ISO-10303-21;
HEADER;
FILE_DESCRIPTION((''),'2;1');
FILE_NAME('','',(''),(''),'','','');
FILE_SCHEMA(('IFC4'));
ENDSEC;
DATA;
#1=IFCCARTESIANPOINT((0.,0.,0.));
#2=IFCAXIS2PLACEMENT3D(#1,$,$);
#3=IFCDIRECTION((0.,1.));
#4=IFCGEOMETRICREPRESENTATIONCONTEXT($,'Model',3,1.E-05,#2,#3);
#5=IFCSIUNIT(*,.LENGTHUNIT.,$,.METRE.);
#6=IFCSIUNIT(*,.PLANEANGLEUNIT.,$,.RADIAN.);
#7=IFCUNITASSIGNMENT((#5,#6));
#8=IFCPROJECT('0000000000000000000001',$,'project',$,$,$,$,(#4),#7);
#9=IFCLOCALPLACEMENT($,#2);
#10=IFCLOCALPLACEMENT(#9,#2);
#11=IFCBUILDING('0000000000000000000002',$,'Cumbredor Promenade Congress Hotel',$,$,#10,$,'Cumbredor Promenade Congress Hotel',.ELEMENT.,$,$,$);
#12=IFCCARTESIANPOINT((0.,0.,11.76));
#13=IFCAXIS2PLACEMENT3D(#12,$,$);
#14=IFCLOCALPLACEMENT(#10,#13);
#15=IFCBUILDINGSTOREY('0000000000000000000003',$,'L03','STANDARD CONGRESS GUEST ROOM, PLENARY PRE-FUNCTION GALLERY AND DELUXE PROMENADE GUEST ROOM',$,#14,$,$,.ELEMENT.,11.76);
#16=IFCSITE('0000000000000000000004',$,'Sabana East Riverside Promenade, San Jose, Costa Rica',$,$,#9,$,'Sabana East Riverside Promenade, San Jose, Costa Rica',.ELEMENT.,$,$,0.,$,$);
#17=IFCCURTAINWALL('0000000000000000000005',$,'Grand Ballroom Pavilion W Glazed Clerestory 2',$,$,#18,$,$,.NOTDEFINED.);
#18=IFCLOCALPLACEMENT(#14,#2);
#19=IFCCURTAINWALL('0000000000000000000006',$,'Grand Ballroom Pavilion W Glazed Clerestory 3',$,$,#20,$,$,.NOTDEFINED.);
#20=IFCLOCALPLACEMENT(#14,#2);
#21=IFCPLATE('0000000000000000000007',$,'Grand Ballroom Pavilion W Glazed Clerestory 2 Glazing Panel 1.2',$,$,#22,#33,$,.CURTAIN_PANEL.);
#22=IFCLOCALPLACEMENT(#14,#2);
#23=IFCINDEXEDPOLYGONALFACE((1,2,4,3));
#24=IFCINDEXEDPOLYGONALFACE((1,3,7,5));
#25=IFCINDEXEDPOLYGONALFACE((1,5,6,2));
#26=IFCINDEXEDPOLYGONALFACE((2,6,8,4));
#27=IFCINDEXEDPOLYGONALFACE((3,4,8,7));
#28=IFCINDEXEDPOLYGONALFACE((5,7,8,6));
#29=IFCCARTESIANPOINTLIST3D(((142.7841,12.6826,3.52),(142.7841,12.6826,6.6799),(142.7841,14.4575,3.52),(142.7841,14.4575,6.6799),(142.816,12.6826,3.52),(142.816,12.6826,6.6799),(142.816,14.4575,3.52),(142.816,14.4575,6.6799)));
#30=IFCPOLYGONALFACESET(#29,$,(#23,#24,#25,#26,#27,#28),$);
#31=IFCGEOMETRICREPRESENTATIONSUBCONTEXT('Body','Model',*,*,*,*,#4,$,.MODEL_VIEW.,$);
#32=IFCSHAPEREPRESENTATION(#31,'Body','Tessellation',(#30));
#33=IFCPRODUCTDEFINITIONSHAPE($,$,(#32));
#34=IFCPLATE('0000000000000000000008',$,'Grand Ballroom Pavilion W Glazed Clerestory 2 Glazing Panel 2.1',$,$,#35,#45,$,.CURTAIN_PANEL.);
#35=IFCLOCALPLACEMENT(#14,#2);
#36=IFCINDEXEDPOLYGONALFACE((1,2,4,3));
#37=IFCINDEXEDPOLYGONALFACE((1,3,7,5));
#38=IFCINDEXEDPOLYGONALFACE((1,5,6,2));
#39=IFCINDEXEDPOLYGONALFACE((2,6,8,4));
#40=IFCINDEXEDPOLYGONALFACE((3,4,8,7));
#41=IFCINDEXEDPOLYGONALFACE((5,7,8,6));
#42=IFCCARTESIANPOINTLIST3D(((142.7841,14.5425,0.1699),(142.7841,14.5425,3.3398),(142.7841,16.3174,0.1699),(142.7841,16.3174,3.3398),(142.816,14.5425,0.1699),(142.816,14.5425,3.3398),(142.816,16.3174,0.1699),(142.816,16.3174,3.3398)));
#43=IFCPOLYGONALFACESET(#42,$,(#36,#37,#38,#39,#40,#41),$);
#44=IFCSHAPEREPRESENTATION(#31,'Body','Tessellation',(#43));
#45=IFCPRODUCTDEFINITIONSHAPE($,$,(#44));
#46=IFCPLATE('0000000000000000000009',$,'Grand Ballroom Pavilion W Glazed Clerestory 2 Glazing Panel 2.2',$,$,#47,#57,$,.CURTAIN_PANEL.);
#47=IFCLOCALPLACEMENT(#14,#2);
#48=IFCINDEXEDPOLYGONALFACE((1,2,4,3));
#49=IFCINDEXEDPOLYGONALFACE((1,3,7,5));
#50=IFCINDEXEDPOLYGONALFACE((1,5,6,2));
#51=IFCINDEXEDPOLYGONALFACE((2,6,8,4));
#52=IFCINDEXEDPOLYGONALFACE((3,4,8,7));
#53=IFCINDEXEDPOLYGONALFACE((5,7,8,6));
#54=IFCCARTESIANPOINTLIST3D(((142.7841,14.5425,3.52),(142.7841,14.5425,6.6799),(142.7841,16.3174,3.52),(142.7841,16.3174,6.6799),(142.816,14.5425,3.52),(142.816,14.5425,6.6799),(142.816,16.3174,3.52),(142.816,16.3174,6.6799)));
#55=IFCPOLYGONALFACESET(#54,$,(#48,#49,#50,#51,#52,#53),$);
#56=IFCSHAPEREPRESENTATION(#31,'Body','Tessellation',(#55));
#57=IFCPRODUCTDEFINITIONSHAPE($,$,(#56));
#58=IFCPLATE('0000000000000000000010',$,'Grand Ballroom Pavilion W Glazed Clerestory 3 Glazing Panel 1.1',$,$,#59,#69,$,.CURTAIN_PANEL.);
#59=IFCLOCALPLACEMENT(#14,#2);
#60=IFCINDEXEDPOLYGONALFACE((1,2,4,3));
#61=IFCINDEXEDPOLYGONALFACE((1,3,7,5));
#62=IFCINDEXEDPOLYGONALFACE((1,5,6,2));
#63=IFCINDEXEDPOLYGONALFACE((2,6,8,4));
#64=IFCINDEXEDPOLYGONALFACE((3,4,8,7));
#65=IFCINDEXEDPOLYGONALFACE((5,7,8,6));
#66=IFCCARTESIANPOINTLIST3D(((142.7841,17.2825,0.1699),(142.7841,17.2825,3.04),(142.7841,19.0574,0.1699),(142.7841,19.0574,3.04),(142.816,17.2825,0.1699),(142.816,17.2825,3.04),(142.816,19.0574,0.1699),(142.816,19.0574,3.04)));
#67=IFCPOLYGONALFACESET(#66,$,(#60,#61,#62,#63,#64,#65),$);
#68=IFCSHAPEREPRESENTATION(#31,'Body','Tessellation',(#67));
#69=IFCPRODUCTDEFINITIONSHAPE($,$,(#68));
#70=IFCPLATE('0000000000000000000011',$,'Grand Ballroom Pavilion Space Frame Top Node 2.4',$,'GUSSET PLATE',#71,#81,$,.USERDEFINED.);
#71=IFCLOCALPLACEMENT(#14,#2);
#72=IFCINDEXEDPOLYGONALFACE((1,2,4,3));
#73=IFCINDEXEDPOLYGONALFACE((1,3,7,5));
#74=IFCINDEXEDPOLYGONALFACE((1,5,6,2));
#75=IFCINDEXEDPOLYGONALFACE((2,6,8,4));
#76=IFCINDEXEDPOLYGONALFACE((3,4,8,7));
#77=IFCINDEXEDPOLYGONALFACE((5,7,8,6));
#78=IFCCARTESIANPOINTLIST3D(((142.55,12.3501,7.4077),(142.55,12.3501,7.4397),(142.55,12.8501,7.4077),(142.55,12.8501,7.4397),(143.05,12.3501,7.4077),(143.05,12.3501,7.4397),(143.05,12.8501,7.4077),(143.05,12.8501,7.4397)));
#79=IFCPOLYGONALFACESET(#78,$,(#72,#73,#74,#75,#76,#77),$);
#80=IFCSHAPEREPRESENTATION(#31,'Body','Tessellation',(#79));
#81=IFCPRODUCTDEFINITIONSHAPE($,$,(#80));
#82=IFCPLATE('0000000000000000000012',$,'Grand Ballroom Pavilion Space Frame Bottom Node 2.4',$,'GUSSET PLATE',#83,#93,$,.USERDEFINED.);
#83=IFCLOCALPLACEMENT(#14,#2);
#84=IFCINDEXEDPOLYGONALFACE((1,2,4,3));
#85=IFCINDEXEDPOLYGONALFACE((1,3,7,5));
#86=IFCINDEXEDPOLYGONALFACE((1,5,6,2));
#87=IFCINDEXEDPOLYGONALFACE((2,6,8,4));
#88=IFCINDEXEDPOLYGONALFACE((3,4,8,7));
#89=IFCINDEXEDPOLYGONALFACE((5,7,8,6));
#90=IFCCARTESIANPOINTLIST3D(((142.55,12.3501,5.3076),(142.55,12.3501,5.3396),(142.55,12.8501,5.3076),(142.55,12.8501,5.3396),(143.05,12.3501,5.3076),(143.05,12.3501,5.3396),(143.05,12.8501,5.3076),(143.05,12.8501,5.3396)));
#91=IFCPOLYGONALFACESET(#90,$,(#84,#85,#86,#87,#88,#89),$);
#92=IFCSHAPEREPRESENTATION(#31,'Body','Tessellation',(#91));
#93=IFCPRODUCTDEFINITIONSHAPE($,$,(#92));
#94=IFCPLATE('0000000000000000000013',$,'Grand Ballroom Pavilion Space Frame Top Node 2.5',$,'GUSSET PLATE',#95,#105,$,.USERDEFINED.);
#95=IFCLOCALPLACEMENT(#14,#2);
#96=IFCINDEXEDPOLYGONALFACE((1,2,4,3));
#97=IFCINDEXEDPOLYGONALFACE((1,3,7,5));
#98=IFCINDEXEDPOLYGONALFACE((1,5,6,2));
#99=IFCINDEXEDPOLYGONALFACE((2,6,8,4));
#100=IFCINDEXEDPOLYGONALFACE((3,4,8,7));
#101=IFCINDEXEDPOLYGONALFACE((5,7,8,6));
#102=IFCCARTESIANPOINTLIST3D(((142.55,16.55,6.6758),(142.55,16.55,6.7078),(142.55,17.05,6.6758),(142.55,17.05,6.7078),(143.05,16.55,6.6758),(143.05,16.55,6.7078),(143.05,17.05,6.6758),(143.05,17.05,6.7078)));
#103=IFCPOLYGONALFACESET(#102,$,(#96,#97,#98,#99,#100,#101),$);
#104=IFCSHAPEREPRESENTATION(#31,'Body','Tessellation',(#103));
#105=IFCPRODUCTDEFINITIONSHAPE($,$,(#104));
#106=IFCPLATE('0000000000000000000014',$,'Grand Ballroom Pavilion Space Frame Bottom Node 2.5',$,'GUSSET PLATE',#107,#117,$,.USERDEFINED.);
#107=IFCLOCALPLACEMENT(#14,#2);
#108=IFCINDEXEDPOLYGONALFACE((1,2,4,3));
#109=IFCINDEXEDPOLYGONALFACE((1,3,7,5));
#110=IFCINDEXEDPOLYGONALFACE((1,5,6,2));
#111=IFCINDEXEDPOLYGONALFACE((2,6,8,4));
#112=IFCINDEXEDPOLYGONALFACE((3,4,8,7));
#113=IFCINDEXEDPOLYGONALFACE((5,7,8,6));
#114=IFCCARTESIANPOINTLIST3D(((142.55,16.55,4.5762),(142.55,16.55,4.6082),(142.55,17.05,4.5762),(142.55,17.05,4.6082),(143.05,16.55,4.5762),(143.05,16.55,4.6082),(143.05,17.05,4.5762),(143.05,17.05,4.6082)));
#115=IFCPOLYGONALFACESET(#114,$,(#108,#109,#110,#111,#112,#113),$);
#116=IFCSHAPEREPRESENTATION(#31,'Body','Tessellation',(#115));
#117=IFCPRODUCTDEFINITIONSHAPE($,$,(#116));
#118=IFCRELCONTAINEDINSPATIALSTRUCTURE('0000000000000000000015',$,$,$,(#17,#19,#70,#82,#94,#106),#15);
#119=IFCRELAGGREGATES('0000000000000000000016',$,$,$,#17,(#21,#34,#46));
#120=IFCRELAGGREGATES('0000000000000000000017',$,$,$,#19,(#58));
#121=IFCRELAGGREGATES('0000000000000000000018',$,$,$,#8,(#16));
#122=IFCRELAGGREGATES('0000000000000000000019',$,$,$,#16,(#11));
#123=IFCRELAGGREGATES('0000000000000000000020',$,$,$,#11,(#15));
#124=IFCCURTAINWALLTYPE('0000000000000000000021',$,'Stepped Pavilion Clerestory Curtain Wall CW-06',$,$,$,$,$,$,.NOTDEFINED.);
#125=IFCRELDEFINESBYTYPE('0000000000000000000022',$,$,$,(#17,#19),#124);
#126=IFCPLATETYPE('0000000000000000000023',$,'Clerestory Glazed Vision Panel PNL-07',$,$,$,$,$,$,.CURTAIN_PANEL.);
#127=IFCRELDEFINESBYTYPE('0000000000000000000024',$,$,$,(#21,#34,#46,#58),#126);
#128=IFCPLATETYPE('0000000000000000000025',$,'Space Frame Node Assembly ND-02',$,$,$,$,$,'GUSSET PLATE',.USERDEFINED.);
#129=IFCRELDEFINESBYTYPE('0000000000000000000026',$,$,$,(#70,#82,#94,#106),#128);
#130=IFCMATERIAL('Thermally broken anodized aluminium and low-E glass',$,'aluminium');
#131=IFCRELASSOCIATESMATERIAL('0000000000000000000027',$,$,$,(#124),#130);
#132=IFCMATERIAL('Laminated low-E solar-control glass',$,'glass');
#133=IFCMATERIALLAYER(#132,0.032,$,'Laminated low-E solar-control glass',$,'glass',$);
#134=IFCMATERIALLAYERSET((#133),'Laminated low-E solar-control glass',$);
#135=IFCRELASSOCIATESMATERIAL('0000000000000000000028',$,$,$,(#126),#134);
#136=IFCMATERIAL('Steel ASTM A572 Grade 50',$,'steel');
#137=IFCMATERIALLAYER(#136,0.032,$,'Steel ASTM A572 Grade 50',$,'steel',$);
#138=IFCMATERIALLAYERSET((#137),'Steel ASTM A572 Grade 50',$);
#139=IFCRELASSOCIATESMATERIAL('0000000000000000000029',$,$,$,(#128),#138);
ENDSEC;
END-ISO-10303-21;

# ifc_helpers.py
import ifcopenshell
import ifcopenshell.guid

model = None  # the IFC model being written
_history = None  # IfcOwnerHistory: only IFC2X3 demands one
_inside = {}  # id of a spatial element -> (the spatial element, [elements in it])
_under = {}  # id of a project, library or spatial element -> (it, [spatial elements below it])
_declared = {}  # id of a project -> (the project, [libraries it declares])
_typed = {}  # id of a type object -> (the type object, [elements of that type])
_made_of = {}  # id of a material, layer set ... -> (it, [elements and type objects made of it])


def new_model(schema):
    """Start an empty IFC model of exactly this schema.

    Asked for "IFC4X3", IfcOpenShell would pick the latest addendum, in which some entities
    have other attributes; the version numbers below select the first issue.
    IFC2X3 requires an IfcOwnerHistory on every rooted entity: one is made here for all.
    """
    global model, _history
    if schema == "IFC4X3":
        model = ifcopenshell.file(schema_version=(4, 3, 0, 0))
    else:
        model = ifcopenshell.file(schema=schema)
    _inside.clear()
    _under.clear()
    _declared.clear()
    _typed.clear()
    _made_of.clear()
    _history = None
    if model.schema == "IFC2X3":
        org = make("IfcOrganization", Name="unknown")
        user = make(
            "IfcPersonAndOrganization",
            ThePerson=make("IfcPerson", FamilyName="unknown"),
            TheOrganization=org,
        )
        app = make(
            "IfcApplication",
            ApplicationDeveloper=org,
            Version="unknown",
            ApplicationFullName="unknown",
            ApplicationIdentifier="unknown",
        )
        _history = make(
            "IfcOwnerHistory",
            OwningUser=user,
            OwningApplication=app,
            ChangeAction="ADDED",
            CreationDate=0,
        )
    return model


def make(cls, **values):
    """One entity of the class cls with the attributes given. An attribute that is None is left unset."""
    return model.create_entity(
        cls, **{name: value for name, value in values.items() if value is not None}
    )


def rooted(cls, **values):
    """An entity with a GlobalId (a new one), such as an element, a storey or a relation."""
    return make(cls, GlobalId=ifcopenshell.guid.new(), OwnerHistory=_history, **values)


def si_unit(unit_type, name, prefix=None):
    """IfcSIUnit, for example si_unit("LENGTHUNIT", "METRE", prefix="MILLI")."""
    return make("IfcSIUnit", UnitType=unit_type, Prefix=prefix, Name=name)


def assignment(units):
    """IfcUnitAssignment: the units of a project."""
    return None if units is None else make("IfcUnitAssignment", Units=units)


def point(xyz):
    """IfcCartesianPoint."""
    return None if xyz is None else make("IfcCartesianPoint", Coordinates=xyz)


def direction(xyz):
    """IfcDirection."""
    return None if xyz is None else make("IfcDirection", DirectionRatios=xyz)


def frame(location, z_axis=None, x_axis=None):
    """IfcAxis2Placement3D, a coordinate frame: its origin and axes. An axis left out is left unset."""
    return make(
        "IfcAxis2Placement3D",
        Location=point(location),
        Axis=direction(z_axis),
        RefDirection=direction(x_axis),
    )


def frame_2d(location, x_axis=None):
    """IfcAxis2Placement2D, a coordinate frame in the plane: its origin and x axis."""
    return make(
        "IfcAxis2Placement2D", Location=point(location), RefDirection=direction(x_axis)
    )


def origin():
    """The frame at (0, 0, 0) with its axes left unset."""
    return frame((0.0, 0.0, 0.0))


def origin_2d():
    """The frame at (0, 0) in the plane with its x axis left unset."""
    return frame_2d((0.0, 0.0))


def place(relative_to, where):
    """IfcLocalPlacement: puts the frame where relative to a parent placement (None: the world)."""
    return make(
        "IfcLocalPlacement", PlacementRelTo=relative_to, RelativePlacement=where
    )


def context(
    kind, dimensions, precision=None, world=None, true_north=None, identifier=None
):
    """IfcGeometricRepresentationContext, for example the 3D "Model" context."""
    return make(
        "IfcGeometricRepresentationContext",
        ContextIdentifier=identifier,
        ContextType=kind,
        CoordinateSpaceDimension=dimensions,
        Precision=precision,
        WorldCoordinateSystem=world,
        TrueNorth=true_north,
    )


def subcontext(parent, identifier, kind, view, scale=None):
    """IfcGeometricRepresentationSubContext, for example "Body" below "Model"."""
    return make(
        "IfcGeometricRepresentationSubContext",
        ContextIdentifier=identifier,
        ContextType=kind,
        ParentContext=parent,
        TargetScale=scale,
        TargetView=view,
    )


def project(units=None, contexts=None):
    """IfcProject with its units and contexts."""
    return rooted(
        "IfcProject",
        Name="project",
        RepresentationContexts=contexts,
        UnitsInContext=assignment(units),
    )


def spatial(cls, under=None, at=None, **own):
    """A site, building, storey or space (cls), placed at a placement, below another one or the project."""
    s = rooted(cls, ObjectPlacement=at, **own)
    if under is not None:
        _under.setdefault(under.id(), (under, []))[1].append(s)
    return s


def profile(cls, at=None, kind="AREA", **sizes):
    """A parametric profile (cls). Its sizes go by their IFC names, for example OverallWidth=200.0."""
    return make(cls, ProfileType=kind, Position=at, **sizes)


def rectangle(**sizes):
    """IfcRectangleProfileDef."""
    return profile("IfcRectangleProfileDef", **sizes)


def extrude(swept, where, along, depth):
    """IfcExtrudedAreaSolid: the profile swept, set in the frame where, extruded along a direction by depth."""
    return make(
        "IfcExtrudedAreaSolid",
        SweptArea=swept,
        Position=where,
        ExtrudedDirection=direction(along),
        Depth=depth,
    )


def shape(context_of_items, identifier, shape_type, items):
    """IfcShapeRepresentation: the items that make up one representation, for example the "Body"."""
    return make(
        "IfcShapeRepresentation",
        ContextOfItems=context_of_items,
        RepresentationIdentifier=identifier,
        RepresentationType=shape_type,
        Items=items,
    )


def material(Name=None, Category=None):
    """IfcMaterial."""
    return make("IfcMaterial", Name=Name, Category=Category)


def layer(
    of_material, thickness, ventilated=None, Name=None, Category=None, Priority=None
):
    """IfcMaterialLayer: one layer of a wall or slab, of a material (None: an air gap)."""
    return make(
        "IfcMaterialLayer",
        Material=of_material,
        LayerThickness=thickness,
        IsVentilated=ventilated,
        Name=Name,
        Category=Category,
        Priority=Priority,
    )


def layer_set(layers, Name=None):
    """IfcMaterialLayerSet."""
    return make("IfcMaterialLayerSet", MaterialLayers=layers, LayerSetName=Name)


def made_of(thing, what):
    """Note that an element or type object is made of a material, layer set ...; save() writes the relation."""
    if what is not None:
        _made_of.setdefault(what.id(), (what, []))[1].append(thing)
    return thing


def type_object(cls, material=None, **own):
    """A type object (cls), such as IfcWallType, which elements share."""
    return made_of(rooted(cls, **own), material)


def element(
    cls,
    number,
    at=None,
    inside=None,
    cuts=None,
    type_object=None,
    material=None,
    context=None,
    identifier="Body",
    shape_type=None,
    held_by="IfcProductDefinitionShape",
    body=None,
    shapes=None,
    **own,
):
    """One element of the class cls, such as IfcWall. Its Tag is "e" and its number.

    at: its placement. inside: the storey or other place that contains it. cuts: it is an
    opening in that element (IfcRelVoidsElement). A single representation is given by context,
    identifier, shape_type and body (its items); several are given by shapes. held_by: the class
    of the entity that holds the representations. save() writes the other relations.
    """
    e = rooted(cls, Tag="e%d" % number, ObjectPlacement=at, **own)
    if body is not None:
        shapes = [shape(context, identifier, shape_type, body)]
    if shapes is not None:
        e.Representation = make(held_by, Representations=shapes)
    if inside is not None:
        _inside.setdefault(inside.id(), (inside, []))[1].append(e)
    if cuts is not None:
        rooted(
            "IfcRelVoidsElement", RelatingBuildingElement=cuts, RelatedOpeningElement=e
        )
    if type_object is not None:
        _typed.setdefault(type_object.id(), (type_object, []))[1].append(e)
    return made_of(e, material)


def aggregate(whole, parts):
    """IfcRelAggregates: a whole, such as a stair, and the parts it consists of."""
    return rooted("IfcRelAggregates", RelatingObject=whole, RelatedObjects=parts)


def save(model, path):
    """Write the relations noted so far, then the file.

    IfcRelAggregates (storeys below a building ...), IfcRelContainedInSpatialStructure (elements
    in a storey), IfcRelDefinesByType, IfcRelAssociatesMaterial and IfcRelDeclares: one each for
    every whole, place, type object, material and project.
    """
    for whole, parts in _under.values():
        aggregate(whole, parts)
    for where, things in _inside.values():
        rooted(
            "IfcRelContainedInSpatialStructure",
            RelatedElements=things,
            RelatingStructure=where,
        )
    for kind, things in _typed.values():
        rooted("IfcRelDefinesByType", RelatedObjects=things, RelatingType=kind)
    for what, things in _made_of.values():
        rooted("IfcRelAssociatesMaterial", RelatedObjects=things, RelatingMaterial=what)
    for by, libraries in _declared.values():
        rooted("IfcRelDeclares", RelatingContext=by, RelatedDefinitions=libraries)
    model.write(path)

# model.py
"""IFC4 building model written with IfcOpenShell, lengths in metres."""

from ifc_helpers import new_model, si_unit, direction, frame, origin, origin_2d, place, context, subcontext, project, spatial, rectangle, extrude, material, layer, layer_set, type_object, element, aggregate, save


model = new_model("IFC4")

# Units and contexts
model_context = context("Model", 3, precision=1e-05, world=origin(), true_north=direction((0.0, 1.0)))
body_context = subcontext(model_context, "Body", "Model", "MODEL_VIEW")
ifc_project = project(units=[si_unit("LENGTHUNIT", "METRE"), si_unit("PLANEANGLEUNIT", "RADIAN")], contexts=[model_context])

# Site, building, storey
site_placement = place(None, origin())
site = spatial("IfcSite", under=ifc_project, at=site_placement, Name="Sabana East Riverside Promenade, San Jose, Costa Rica", LongName="Sabana East Riverside Promenade, San Jose, Costa Rica", CompositionType="ELEMENT", RefElevation=0.0)
building_placement = place(site_placement, origin())
building = spatial("IfcBuilding", under=site, at=building_placement, Name="Cumbredor Promenade Congress Hotel", LongName="Cumbredor Promenade Congress Hotel", CompositionType="ELEMENT")
storey_placement = place(building_placement, frame((0.0, 0.0, 11.76)))
storey = spatial("IfcBuildingStorey", under=building, at=storey_placement, Name="L03", Description="STANDARD CONGRESS GUEST ROOM, PLENARY PRE-FUNCTION GALLERY AND DELUXE PROMENADE GUEST ROOM", CompositionType="ELEMENT", Elevation=11.76)

# Shared definitions
ifc_material_1 = material(Name="Thermally broken anodized aluminium and low-E glass", Category="aluminium")
curtain_wall_type = type_object("IfcCurtainWallType", Name="Stepped Pavilion Clerestory Curtain Wall CW-06", PredefinedType="NOTDEFINED", material=ifc_material_1)

# Curtain wall
curtain_wall_1_placement = place(storey_placement, origin())
curtain_wall_1 = element("IfcCurtainWall", 1, at=curtain_wall_1_placement, inside=storey, type_object=curtain_wall_type, Name="Grand Ballroom Pavilion W Glazed Clerestory 2", PredefinedType="NOTDEFINED")

# Curtain wall
curtain_wall_2_placement = place(storey_placement, origin())
curtain_wall_2 = element("IfcCurtainWall", 2, at=curtain_wall_2_placement, inside=storey, type_object=curtain_wall_type, Name="Grand Ballroom Pavilion W Glazed Clerestory 3", PredefinedType="NOTDEFINED")

# Plates
ifc_material_2 = material(Name="Laminated low-E solar-control glass", Category="glass")
ifc_layer_1 = layer(ifc_material_2, 0.032, Name="Laminated low-E solar-control glass", Category="glass")
ifc_layer_set_1 = layer_set([ifc_layer_1], Name="Laminated low-E solar-control glass")
plate_type_1 = type_object("IfcPlateType", Name="Clerestory Glazed Vision Panel PNL-07", PredefinedType="CURTAIN_PANEL", material=ifc_layer_set_1)
plate_1_placement = place(storey_placement, frame((142.8, 13.5701, 3.52), z_axis=(0.0, 0.0, 1.0), x_axis=(0.0, 1.0, 0.0)))
plate_1 = element("IfcPlate", 3, at=plate_1_placement, type_object=plate_type_1, Name="Grand Ballroom Pavilion W Glazed Clerestory 2 Glazing Panel 1.2", PredefinedType="CURTAIN_PANEL", context=body_context, shape_type="SweptSolid", body=[
    extrude(rectangle(XDim=1.7749, YDim=0.032, at=origin_2d()), origin(), (0.0, 0.0, 1.0), 3.1599),
])
plate_2_placement = place(storey_placement, frame((142.8, 15.4299, 0.1699), z_axis=(0.0, 0.0, 1.0), x_axis=(0.0, 1.0, 0.0)))
plate_2 = element("IfcPlate", 4, at=plate_2_placement, type_object=plate_type_1, Name="Grand Ballroom Pavilion W Glazed Clerestory 2 Glazing Panel 2.1", PredefinedType="CURTAIN_PANEL", context=body_context, shape_type="SweptSolid", body=[
    extrude(rectangle(XDim=1.7749, YDim=0.032, at=origin_2d()), origin(), (0.0, 0.0, 1.0), 3.1699),
])
plate_3_placement = place(storey_placement, frame((142.8, 15.4299, 3.52), z_axis=(0.0, 0.0, 1.0), x_axis=(0.0, 1.0, 0.0)))
plate_3 = element("IfcPlate", 5, at=plate_3_placement, type_object=plate_type_1, Name="Grand Ballroom Pavilion W Glazed Clerestory 2 Glazing Panel 2.2", PredefinedType="CURTAIN_PANEL", context=body_context, shape_type="SweptSolid", body=[
    extrude(rectangle(XDim=1.7749, YDim=0.032, at=origin_2d()), origin(), (0.0, 0.0, 1.0), 3.1599),
])
aggregate(curtain_wall_1, [plate_1, plate_2, plate_3])
plate_4_placement = place(storey_placement, frame((142.8, 18.1699, 0.1699), z_axis=(0.0, 0.0, 1.0), x_axis=(0.0, 1.0, 0.0)))
plate_4 = element("IfcPlate", 6, at=plate_4_placement, type_object=plate_type_1, Name="Grand Ballroom Pavilion W Glazed Clerestory 3 Glazing Panel 1.1", PredefinedType="CURTAIN_PANEL", context=body_context, shape_type="SweptSolid", body=[
    extrude(rectangle(XDim=1.7749, YDim=0.032, at=origin_2d()), origin(), (0.0, 0.0, 1.0), 2.8701),
])
aggregate(curtain_wall_2, [plate_4])

# Plates
ifc_material_3 = material(Name="Steel ASTM A572 Grade 50", Category="steel")
ifc_layer_2 = layer(ifc_material_3, 0.032, Name="Steel ASTM A572 Grade 50", Category="steel")
ifc_layer_set_2 = layer_set([ifc_layer_2], Name="Steel ASTM A572 Grade 50")
plate_type_2 = type_object("IfcPlateType", Name="Space Frame Node Assembly ND-02", ElementType="GUSSET PLATE", PredefinedType="USERDEFINED", material=ifc_layer_set_2)
for number, where, z_axis, x_axis, name in (
    (7, (142.8, 12.6001, 7.4077), (0.0, 0.0, 1.0), (1.0, 0.0, 0.0), "Grand Ballroom Pavilion Space Frame Top Node 2.4"),
    (8, (142.8, 12.6001, 5.3076), (0.0, 0.0, 1.0), (1.0, 0.0, 0.0), "Grand Ballroom Pavilion Space Frame Bottom Node 2.4"),
    (9, (142.8, 16.8, 6.6758), (0.0, 0.0, 1.0), (1.0, 0.0, 0.0), "Grand Ballroom Pavilion Space Frame Top Node 2.5"),
    (10, (142.8, 16.8, 4.5762), (0.0, 0.0, 1.0), (1.0, 0.0, 0.0), "Grand Ballroom Pavilion Space Frame Bottom Node 2.5"),
):
    element("IfcPlate", number, at=place(storey_placement, frame(where, z_axis=z_axis, x_axis=x_axis)), inside=storey, type_object=plate_type_2, Name=name, ObjectType="GUSSET PLATE", PredefinedType="USERDEFINED", context=body_context, shape_type="SweptSolid", body=[
        extrude(rectangle(XDim=0.5, YDim=0.5, at=origin_2d()), origin(), (0.0, 0.0, 1.0), 0.032),
    ])

save(model, "model.ifc")
